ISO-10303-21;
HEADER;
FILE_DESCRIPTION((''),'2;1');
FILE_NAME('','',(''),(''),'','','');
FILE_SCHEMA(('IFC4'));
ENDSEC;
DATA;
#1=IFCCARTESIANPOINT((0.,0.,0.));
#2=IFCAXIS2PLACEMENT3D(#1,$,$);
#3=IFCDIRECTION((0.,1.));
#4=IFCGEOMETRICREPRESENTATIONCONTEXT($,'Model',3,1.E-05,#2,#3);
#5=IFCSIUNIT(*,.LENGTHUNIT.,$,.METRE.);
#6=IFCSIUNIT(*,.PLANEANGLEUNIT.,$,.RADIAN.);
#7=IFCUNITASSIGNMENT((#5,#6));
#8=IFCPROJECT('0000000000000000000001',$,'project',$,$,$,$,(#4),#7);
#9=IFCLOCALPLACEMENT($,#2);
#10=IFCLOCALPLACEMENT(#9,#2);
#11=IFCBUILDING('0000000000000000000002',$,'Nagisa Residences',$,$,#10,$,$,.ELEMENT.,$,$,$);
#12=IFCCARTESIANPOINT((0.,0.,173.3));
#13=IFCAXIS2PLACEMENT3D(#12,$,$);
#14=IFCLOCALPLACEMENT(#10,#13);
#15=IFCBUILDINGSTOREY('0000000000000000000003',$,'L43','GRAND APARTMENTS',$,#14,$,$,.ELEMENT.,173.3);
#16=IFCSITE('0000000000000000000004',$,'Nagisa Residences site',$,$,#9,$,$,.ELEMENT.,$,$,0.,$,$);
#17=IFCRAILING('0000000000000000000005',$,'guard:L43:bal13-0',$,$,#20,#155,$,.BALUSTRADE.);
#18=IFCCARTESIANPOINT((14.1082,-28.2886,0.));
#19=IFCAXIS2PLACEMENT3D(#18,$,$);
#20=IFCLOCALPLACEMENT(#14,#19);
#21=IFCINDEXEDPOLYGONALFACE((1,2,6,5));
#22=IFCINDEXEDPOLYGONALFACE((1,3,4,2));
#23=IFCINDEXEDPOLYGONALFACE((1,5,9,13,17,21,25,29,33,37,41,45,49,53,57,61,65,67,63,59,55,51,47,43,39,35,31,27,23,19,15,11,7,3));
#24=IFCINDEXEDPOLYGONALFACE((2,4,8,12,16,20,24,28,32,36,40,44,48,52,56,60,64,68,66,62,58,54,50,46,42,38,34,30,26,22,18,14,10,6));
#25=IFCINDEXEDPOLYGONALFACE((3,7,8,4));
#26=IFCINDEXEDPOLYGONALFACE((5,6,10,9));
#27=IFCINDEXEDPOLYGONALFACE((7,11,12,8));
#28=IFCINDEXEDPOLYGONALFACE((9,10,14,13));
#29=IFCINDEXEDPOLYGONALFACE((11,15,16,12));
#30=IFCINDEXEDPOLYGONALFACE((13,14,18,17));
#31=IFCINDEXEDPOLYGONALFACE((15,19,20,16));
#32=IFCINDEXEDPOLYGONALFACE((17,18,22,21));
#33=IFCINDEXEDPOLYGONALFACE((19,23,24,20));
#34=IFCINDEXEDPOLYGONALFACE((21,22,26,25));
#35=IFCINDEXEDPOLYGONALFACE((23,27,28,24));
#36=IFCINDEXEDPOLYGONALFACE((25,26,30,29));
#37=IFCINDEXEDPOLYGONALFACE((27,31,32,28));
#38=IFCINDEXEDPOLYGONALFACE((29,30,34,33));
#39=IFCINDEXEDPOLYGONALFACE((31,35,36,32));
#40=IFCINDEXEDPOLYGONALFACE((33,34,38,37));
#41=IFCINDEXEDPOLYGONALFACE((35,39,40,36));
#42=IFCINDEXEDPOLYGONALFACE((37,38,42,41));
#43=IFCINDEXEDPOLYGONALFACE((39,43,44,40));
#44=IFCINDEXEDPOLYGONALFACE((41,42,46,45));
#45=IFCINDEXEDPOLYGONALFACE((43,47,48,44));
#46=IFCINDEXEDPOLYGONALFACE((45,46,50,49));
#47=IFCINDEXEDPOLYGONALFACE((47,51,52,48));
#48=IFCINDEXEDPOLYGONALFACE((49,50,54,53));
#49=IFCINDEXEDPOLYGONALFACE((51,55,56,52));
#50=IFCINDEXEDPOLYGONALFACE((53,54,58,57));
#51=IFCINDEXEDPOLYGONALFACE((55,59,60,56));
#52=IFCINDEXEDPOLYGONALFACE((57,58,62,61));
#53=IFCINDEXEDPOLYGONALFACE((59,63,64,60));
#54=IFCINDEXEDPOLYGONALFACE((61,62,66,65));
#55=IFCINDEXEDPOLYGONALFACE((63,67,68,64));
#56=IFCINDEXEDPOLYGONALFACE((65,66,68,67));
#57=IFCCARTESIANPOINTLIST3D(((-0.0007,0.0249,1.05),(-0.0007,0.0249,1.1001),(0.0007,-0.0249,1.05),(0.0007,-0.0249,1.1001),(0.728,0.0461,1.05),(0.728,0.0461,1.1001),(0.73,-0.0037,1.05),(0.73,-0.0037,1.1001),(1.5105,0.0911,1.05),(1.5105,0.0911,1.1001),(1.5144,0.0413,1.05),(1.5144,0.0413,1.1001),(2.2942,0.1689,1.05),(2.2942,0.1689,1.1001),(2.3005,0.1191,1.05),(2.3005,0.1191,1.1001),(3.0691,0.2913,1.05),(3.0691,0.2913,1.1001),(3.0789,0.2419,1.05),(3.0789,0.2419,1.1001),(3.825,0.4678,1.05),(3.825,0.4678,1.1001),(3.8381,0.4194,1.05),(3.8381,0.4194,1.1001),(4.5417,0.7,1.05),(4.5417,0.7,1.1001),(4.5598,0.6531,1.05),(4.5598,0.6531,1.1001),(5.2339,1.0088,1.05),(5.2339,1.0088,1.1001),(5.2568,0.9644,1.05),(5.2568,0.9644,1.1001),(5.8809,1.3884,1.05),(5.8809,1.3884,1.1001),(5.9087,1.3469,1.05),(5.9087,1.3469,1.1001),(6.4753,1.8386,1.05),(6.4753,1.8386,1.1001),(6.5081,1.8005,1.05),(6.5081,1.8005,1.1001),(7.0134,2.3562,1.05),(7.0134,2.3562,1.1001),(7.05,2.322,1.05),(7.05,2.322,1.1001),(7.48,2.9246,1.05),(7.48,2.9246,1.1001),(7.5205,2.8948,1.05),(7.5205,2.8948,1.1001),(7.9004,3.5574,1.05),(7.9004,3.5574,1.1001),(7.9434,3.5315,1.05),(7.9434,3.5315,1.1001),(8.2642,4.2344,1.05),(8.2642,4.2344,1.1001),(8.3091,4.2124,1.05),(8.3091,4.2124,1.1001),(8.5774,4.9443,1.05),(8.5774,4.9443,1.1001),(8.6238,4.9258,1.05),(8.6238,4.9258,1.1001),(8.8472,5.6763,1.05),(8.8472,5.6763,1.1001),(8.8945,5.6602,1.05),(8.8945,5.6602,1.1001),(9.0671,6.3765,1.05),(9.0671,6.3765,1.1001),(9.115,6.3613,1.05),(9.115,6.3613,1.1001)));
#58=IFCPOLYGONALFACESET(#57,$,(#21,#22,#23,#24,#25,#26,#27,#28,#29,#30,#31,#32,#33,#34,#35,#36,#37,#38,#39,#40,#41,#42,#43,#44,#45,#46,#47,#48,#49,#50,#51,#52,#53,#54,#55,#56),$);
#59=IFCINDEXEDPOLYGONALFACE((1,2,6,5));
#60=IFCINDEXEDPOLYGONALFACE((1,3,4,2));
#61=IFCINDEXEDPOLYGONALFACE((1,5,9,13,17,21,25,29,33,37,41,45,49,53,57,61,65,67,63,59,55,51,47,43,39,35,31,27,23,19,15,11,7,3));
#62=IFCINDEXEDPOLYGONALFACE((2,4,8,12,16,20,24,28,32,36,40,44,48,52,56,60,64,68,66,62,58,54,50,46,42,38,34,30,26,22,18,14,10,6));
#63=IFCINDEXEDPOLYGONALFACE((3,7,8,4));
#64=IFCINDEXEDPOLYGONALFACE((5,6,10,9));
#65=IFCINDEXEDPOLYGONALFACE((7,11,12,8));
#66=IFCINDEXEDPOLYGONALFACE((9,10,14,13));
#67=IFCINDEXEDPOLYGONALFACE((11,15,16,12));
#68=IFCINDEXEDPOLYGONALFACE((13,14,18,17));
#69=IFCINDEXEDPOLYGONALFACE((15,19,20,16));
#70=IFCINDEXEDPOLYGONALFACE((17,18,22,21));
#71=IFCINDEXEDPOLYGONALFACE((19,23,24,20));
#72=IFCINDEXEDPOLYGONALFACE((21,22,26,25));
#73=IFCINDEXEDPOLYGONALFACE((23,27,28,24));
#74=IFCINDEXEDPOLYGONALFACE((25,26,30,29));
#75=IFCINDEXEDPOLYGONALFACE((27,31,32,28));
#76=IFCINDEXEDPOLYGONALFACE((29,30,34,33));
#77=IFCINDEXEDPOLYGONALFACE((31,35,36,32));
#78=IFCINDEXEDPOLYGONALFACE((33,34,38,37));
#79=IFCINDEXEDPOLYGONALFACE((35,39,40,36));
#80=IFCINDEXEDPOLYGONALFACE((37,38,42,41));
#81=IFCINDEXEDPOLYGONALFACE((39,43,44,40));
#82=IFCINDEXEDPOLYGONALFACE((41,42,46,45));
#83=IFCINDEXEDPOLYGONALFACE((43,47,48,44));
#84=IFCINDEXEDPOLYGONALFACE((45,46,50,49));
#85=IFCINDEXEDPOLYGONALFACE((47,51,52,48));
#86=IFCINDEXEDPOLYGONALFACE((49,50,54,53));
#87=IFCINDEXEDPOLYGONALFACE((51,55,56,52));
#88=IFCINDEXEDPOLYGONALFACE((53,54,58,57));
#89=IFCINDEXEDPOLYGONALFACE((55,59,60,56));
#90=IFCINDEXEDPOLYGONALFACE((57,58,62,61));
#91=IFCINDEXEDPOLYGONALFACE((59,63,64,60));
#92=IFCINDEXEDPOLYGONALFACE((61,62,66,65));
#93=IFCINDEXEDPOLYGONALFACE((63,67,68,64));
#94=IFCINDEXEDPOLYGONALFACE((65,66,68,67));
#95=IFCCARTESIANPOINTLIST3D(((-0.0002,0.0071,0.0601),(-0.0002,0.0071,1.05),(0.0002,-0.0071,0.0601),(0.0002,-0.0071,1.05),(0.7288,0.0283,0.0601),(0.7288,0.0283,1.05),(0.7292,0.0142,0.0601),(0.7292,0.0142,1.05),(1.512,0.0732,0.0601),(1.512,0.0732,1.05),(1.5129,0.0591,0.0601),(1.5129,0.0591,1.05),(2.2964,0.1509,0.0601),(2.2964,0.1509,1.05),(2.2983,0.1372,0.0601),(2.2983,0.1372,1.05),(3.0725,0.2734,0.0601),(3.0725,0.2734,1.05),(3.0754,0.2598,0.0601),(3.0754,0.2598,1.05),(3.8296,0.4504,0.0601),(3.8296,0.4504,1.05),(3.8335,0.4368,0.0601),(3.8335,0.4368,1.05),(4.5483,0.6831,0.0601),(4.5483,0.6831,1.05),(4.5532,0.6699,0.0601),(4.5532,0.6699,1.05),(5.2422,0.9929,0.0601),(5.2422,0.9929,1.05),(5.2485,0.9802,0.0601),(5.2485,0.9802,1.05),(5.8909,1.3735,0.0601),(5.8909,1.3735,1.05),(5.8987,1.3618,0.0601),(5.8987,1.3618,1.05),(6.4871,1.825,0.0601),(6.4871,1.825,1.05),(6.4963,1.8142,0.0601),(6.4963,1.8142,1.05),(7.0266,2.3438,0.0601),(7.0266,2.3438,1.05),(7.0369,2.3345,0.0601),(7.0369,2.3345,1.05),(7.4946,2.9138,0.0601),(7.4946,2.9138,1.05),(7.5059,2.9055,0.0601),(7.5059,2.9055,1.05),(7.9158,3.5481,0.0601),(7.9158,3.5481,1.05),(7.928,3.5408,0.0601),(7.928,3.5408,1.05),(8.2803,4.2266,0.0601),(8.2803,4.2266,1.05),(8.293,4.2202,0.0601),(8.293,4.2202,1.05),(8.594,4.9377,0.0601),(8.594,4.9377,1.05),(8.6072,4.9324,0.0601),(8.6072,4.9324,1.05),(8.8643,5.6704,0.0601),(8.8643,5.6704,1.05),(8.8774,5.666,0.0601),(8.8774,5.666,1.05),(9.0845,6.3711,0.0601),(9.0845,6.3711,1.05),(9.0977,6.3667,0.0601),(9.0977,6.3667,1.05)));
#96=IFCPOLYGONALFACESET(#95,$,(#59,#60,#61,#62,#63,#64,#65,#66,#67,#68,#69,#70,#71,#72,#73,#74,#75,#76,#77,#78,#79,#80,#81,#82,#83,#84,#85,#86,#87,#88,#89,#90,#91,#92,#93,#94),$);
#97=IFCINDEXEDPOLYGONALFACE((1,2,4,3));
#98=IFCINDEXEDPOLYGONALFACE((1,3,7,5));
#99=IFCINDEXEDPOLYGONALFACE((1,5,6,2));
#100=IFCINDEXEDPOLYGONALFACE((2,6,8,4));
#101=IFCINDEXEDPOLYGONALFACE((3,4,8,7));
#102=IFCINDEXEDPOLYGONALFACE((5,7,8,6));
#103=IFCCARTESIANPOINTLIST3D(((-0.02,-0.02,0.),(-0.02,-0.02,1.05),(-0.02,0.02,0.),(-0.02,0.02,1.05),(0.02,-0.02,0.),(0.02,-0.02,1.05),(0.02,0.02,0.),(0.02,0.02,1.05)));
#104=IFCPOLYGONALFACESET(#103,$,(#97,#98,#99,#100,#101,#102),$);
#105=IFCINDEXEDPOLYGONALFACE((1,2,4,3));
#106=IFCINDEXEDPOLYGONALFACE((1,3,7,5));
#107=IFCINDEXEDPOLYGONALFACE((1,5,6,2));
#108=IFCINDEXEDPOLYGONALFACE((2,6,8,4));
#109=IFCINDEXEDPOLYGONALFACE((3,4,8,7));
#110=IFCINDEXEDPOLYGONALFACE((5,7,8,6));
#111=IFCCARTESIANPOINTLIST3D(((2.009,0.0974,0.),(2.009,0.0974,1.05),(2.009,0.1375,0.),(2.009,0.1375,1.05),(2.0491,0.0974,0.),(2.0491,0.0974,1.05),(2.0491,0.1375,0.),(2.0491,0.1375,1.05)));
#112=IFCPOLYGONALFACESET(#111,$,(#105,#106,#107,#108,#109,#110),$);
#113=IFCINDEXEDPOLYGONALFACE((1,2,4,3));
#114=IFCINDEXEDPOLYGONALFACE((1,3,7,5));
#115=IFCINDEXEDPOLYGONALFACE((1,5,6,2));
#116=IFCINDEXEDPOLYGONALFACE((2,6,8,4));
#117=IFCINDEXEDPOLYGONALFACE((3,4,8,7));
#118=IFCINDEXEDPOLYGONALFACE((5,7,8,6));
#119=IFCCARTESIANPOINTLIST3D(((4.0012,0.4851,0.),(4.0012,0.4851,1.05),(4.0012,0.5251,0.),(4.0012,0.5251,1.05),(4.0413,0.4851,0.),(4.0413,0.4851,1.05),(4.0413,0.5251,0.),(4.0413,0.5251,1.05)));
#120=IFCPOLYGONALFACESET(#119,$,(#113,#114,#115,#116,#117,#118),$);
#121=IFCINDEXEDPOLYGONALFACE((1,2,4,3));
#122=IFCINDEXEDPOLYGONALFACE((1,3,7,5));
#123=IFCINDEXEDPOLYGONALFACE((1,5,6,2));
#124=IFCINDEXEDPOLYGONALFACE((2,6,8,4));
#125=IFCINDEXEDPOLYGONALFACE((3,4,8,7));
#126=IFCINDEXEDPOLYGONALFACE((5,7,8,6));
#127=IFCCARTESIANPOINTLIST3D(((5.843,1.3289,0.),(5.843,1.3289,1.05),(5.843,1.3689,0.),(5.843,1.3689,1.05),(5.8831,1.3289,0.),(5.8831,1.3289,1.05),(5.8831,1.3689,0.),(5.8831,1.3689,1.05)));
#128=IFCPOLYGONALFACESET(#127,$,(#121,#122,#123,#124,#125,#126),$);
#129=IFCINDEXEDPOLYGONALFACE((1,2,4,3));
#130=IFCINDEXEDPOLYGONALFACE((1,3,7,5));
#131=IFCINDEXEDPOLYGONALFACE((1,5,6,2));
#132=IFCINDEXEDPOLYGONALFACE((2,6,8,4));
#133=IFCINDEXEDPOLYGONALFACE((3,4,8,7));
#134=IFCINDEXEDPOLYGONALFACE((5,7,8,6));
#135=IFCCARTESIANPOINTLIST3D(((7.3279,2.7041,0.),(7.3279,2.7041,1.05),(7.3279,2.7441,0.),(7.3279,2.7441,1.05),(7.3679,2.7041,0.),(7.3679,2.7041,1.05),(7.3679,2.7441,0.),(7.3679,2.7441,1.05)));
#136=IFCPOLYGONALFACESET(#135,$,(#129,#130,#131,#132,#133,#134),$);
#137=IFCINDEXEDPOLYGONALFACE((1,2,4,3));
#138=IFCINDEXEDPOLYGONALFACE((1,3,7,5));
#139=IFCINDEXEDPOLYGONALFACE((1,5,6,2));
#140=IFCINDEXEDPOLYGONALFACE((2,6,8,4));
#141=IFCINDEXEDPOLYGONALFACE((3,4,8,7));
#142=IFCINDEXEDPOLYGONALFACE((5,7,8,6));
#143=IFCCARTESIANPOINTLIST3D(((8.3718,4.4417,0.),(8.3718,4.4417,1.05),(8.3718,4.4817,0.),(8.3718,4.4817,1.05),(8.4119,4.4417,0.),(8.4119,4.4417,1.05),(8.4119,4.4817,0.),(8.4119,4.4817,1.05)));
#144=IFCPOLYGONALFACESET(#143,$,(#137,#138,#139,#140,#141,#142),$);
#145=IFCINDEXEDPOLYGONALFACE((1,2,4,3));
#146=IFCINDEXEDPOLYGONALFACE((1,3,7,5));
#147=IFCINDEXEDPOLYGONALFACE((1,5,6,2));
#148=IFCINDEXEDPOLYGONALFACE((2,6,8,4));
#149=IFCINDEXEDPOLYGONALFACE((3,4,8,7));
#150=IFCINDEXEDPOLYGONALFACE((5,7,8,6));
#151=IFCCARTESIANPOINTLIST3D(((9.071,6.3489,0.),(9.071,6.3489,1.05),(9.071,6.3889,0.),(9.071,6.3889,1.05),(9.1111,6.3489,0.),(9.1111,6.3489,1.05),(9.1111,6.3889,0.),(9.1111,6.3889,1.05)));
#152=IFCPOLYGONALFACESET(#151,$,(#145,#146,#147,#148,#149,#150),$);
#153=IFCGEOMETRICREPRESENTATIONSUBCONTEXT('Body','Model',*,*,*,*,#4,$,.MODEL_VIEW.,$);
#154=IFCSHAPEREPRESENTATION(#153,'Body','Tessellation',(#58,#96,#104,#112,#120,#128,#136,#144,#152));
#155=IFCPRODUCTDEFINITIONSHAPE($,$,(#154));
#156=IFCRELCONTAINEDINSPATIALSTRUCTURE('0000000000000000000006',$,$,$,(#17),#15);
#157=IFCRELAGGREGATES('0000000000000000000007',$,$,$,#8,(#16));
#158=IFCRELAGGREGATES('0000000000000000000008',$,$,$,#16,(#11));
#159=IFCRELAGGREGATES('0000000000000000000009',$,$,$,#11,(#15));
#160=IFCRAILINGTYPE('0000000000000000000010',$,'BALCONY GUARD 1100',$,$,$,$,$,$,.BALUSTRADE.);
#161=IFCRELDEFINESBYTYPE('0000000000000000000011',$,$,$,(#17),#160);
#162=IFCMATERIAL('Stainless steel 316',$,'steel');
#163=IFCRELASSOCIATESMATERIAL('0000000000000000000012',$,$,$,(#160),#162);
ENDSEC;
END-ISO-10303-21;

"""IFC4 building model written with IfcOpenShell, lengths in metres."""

from ifc_helpers import new_model, si_unit, direction, frame, origin, origin_2d, place, context, subcontext, project, spatial, polyline, rectangle, outline, extrude, material, type_object, element, save


model = new_model("IFC4")

# Units and contexts
model_context = context("Model", 3, precision=1e-05, world=origin(), true_north=direction((0.0, 1.0)))
body_context = subcontext(model_context, "Body", "Model", "MODEL_VIEW")
ifc_project = project(units=[si_unit("LENGTHUNIT", "METRE"), si_unit("PLANEANGLEUNIT", "RADIAN")], contexts=[model_context])

# Site, building, storey
site_placement = place(None, origin())
site = spatial("IfcSite", under=ifc_project, at=site_placement, Name="Nagisa Residences site", CompositionType="ELEMENT", RefElevation=0.0)
building_placement = place(site_placement, origin())
building = spatial("IfcBuilding", under=site, at=building_placement, Name="Nagisa Residences", CompositionType="ELEMENT")
storey_placement = place(building_placement, frame((0.0, 0.0, 173.3)))
storey = spatial("IfcBuildingStorey", under=building, at=storey_placement, Name="L43", Description="GRAND APARTMENTS", CompositionType="ELEMENT", Elevation=173.3)

# Railing
ifc_material_1 = material(Name="Stainless steel 316", Category="steel")
railing_type = type_object("IfcRailingType", Name="BALCONY GUARD 1100", PredefinedType="BALUSTRADE", material=ifc_material_1)
railing_1_placement = place(storey_placement, frame((14.1082, -28.2886, 0.0)))
element("IfcRailing", 1, at=railing_1_placement, inside=storey, type_object=railing_type, Name="guard:L43:bal13-0", PredefinedType="BALUSTRADE", context=body_context, shape_type="SweptSolid", body=[
    extrude(outline(polyline([(0.728, 0.0461), (-0.0007, 0.0249), (0.0007, -0.0249), (0.73, -0.0037), (1.5144, 0.0413), (2.3005, 0.1191), (3.0789, 0.2419), (3.8381, 0.4194), (4.5598, 0.6531), (5.2568, 0.9644), (5.9087, 1.3469), (6.5081, 1.8005), (7.05, 2.322), (7.5205, 2.8948), (7.9434, 3.5315), (8.3091, 4.2124), (8.6238, 4.9258), (8.8945, 5.6602), (9.115, 6.3613), (9.0671, 6.3765), (8.8472, 5.6763), (8.5774, 4.9443), (8.2642, 4.2344), (7.9004, 3.5574), (7.48, 2.9246), (7.0134, 2.3562), (6.4753, 1.8386), (5.8809, 1.3884), (5.2339, 1.0088), (4.5417, 0.7), (3.825, 0.4678), (3.0691, 0.2913), (2.2942, 0.1689), (1.5105, 0.0911), (0.728, 0.0461)])), frame((0.0, 0.0, 1.05)), (0.0, 0.0, 1.0), 0.05),
    extrude(outline(polyline([(0.7288, 0.0283), (-0.0002, 0.0071), (0.0002, -0.0071), (0.7292, 0.0142), (1.5129, 0.0591), (2.2983, 0.1372), (3.0754, 0.2598), (3.8335, 0.4368), (4.5532, 0.6699), (5.2485, 0.9802), (5.8987, 1.3618), (6.4963, 1.8142), (7.0369, 2.3345), (7.5059, 2.9055), (7.928, 3.5408), (8.293, 4.2202), (8.6072, 4.9324), (8.8774, 5.666), (9.0977, 6.3667), (9.0845, 6.3711), (8.8643, 5.6704), (8.594, 4.9377), (8.2803, 4.2266), (7.9158, 3.5481), (7.4946, 2.9138), (7.0266, 2.3438), (6.4871, 1.825), (5.8909, 1.3735), (5.2422, 0.9929), (4.5483, 0.6831), (3.8296, 0.4504), (3.0725, 0.2734), (2.2964, 0.1509), (1.512, 0.0732), (0.7288, 0.0283)])), frame((0.0, 0.0, 0.0601)), (0.0, 0.0, 1.0), 0.99),
    extrude(rectangle(XDim=0.04, YDim=0.04, at=origin_2d()), origin(), (0.0, 0.0, 1.0), 1.05),
    extrude(rectangle(XDim=0.04, YDim=0.04, at=origin_2d()), frame((2.0291, 0.1174, 0.0)), (0.0, 0.0, 1.0), 1.05),
    extrude(rectangle(XDim=0.04, YDim=0.04, at=origin_2d()), frame((4.0212, 0.5051, 0.0)), (0.0, 0.0, 1.0), 1.05),
    extrude(rectangle(XDim=0.04, YDim=0.04, at=origin_2d()), frame((5.863, 1.3489, 0.0)), (0.0, 0.0, 1.0), 1.05),
    extrude(rectangle(XDim=0.04, YDim=0.04, at=origin_2d()), frame((7.3479, 2.7241, 0.0)), (0.0, 0.0, 1.0), 1.05),
    extrude(rectangle(XDim=0.04, YDim=0.04, at=origin_2d()), frame((8.3918, 4.4617, 0.0)), (0.0, 0.0, 1.0), 1.05),
    extrude(rectangle(XDim=0.04, YDim=0.04, at=origin_2d()), frame((9.0911, 6.3689, 0.0)), (0.0, 0.0, 1.0), 1.05),
])

save(model, "model.ifc")
